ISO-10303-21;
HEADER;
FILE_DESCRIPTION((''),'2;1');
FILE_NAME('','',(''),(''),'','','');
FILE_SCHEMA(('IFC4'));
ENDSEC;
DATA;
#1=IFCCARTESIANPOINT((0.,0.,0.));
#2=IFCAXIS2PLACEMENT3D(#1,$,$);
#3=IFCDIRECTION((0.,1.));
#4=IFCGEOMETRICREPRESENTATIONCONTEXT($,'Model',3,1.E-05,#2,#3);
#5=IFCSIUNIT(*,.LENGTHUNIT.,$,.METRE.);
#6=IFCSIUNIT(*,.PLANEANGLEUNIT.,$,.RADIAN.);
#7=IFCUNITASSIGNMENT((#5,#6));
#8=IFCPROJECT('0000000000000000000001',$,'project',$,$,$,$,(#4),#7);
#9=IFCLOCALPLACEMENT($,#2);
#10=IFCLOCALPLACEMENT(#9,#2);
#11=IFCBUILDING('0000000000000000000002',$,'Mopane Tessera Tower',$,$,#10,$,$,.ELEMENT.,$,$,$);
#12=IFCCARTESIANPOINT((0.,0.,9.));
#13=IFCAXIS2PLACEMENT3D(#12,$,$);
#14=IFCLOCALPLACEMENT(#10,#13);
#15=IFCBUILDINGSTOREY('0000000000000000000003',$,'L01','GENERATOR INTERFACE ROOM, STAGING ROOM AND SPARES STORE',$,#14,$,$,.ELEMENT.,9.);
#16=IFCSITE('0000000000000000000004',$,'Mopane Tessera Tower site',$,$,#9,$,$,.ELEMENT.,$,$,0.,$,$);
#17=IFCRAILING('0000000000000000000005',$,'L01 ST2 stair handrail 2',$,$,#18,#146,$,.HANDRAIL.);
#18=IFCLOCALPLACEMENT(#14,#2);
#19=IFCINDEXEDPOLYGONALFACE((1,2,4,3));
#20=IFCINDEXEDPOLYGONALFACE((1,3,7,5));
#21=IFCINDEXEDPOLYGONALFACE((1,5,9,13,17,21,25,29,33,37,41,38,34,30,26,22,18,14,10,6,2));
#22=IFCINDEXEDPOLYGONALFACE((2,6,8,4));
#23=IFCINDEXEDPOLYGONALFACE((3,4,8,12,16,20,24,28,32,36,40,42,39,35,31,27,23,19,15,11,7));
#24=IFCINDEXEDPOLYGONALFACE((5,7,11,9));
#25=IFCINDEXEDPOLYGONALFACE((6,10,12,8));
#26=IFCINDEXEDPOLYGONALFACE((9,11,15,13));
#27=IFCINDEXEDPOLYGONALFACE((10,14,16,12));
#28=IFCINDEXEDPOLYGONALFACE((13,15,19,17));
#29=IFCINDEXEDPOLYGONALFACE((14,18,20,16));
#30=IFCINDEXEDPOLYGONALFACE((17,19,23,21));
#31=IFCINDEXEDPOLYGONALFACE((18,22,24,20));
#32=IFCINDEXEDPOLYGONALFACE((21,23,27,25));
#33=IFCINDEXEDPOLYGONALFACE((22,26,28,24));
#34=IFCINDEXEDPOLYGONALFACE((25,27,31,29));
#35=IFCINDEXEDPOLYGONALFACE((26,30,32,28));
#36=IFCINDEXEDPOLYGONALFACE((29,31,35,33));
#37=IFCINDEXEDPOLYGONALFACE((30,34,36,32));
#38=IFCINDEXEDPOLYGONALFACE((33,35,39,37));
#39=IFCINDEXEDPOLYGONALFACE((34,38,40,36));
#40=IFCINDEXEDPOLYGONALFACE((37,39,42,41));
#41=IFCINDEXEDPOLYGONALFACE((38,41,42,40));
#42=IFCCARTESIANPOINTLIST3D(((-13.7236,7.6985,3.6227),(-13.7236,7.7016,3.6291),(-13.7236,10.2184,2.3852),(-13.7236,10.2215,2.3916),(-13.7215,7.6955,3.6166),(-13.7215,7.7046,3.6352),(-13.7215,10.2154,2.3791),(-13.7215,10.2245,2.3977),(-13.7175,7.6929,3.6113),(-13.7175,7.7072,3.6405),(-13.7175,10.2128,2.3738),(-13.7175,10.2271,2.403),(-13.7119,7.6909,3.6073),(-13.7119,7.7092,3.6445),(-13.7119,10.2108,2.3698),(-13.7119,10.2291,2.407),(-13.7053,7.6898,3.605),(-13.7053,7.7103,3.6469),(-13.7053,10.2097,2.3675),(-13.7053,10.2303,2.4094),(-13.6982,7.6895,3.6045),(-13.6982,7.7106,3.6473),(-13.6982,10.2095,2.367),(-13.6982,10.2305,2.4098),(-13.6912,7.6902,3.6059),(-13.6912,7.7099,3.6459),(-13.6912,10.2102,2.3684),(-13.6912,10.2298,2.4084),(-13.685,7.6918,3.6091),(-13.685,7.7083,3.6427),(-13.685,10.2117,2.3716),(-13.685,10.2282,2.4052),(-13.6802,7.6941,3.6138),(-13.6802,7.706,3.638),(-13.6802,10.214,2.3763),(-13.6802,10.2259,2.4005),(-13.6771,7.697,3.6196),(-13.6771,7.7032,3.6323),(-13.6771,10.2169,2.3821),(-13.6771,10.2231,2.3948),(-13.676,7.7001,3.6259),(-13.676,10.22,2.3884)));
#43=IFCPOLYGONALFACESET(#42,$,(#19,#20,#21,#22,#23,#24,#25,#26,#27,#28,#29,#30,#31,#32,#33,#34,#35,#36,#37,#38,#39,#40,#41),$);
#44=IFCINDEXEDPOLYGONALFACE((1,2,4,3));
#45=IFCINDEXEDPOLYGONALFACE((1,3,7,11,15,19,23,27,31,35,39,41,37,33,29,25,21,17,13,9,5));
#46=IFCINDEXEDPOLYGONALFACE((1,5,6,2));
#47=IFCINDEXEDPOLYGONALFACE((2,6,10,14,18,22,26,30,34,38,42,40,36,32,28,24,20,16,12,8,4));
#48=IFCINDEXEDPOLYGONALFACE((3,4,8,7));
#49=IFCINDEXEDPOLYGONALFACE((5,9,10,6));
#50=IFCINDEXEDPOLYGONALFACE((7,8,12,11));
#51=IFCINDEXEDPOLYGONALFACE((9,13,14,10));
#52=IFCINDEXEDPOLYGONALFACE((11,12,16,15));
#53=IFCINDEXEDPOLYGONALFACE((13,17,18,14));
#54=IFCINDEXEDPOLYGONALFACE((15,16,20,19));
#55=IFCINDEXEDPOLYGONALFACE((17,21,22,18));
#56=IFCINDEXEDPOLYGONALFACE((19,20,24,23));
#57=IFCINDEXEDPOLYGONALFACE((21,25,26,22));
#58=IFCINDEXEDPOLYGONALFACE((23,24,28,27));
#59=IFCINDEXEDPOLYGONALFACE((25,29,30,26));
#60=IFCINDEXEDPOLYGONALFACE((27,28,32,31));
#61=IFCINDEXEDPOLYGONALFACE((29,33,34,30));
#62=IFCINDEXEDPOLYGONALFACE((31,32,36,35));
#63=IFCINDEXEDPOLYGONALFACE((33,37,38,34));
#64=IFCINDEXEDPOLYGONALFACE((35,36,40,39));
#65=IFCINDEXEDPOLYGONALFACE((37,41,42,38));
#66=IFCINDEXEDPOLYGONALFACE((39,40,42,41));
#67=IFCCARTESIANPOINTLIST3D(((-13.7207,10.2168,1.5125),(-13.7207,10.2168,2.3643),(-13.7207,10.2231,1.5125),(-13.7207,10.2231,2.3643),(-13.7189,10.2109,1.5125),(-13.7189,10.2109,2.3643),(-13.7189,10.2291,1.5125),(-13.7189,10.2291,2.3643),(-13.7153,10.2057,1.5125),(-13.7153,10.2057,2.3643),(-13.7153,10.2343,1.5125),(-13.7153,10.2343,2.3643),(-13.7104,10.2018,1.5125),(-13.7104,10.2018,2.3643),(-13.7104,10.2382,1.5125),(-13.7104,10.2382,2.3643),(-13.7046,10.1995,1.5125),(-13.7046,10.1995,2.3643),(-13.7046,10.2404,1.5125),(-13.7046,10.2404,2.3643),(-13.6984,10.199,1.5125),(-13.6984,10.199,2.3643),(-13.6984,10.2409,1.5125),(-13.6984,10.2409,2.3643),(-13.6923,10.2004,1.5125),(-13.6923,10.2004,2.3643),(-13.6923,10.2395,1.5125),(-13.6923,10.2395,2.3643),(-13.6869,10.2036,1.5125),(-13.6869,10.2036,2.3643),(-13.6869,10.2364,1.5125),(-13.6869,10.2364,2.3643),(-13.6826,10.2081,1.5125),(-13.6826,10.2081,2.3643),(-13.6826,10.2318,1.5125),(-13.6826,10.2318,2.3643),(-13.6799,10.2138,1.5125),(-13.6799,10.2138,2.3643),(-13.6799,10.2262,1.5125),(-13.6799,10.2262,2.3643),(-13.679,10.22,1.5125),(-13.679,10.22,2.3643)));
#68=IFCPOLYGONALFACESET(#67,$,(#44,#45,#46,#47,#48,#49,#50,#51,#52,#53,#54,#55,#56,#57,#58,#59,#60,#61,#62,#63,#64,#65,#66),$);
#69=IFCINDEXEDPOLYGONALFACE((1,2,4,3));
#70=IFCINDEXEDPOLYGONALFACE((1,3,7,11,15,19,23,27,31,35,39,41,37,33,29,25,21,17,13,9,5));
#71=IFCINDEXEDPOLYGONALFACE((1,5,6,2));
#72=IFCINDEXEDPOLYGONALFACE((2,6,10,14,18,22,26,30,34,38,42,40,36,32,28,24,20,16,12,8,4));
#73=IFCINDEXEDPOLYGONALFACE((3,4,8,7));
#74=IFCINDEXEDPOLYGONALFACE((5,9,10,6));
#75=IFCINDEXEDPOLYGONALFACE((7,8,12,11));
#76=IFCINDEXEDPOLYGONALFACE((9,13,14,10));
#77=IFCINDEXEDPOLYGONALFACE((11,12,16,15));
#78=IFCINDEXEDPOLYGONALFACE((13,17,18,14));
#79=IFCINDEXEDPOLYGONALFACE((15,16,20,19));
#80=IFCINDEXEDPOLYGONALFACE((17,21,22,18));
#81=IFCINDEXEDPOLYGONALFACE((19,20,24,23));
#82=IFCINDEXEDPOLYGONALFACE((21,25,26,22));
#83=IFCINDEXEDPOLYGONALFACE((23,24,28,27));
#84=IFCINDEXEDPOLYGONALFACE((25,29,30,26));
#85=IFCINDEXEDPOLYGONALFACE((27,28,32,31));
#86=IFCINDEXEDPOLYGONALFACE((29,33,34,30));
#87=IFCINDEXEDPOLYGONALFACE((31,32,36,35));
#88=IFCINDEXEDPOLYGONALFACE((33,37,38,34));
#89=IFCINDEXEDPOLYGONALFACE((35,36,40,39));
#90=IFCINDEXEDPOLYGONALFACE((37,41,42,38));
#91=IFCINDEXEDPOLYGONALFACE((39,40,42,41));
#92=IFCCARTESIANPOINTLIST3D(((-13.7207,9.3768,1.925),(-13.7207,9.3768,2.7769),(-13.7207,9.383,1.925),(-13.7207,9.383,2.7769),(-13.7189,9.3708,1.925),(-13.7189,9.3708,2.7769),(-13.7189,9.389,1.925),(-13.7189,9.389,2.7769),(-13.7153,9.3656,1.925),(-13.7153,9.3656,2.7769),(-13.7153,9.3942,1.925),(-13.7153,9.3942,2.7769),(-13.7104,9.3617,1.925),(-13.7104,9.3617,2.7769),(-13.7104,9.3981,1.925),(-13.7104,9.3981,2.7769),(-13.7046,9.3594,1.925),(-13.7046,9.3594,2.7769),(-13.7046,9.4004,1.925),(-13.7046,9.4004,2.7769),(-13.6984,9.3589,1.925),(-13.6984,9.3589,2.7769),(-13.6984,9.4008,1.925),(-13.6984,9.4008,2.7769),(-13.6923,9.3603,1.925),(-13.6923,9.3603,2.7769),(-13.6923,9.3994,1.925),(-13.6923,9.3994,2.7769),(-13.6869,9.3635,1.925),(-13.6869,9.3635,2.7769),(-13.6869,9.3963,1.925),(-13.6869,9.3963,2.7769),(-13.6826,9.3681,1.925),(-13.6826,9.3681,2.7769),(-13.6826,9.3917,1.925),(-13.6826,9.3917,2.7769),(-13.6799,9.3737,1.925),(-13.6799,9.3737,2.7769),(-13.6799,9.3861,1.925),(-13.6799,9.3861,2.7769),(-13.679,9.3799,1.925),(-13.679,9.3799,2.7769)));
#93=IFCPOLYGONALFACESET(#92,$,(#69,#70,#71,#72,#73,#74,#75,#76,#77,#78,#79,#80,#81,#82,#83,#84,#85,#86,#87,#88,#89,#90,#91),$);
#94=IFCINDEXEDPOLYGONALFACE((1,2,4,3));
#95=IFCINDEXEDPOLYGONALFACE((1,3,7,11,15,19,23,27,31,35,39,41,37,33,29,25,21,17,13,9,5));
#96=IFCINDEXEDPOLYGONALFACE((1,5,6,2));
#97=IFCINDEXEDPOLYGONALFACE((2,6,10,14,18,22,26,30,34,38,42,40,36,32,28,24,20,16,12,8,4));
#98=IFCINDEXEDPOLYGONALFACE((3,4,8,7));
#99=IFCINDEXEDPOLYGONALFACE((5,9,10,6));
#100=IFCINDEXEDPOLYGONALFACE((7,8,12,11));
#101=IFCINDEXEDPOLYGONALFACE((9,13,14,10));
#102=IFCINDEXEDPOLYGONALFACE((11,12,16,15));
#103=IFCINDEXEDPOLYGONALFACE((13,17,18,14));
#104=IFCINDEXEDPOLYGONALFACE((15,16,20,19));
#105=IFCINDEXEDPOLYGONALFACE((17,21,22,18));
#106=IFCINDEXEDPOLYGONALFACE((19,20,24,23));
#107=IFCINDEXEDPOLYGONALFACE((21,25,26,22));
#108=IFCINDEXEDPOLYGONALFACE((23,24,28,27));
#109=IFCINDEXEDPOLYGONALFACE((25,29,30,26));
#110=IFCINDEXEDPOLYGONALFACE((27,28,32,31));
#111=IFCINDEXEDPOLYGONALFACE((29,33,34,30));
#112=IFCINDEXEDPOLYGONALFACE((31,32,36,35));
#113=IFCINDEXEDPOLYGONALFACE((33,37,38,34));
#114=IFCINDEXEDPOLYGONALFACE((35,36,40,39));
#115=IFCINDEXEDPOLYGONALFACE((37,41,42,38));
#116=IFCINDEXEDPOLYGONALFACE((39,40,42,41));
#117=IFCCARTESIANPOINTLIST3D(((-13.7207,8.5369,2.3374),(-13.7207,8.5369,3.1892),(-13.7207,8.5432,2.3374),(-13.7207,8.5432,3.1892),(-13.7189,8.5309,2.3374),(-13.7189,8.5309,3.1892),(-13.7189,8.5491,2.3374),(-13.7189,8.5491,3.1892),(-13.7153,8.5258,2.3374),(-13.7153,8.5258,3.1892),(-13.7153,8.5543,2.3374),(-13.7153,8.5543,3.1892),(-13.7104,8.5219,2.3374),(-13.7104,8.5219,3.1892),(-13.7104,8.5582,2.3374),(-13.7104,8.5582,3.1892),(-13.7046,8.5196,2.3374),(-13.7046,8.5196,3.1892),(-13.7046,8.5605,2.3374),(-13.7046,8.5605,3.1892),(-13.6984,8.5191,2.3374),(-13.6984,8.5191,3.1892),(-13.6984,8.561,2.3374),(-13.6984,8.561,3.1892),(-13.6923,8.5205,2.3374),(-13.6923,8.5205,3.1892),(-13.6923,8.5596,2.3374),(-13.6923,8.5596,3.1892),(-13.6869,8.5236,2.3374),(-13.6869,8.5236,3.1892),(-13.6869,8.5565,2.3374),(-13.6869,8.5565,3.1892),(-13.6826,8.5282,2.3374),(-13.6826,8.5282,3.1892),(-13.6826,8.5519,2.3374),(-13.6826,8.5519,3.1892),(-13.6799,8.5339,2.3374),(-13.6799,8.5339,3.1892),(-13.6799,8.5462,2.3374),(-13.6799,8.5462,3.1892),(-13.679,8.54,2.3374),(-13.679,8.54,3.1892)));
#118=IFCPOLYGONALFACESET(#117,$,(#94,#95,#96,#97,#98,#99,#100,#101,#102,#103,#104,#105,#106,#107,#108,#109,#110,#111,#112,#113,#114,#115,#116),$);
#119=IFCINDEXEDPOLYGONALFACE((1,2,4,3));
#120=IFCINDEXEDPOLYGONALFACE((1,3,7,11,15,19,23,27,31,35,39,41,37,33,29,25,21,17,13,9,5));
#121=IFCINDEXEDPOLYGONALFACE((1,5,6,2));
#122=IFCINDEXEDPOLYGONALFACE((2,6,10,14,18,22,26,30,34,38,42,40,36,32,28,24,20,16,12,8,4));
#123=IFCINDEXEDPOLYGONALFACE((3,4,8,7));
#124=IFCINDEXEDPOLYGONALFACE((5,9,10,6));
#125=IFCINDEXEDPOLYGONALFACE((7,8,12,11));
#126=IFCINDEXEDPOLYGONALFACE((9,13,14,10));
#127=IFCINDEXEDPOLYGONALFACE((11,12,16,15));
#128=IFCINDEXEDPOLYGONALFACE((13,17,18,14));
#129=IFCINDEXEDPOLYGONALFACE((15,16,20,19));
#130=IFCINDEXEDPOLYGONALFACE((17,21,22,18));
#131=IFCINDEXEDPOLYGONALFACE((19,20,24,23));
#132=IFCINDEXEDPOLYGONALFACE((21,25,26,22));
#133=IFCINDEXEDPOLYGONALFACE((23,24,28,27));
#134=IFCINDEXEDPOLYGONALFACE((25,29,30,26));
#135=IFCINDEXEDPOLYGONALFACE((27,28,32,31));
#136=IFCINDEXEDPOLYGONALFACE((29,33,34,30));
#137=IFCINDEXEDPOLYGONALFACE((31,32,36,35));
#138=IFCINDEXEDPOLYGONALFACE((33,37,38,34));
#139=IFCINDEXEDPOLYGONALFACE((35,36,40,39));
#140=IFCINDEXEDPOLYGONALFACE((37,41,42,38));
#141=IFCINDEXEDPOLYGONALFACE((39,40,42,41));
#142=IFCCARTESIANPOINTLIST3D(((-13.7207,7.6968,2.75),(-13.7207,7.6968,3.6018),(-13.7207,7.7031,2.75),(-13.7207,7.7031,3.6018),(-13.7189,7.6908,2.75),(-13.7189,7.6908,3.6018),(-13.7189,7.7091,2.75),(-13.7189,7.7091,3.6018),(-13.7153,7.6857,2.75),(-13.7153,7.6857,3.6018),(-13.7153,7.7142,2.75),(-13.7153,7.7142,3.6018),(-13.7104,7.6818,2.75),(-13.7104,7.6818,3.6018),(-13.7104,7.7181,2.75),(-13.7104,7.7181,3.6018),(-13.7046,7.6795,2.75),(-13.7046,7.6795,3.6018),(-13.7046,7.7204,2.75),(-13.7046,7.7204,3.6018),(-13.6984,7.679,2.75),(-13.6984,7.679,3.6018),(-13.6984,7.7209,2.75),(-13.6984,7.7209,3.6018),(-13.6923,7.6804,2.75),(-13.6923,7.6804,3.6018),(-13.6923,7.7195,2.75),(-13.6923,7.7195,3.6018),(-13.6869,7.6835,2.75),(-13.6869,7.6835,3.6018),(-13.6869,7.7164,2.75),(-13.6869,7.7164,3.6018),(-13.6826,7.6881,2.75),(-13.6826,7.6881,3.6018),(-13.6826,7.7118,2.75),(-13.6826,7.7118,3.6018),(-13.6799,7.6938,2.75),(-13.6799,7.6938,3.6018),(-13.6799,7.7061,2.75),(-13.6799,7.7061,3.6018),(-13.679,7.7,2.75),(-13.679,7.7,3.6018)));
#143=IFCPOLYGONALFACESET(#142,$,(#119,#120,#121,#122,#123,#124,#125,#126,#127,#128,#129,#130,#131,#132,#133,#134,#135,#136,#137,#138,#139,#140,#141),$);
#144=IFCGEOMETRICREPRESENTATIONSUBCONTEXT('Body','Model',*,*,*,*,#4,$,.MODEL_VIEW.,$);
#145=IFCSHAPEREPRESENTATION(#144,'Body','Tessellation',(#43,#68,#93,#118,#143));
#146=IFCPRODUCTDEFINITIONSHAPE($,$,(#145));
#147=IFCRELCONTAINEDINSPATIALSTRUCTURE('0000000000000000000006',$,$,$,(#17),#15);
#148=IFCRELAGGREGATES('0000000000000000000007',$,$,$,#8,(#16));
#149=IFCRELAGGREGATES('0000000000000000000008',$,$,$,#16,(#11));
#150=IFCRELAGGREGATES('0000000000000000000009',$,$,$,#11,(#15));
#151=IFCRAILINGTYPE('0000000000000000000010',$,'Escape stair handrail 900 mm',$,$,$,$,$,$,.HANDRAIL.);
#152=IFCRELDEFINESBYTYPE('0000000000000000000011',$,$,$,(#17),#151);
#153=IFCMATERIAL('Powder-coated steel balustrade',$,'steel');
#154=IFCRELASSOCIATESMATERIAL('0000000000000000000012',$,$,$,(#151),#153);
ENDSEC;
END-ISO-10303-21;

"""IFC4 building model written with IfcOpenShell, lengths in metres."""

from ifc_helpers import new_model, si_unit, direction, frame, origin, origin_2d, place, context, subcontext, project, spatial, circle, extrude, material, type_object, element, save


model = new_model("IFC4")

# Units and contexts
model_context = context("Model", 3, precision=1e-05, world=origin(), true_north=direction((0.0, 1.0)))
body_context = subcontext(model_context, "Body", "Model", "MODEL_VIEW")
ifc_project = project(units=[si_unit("LENGTHUNIT", "METRE"), si_unit("PLANEANGLEUNIT", "RADIAN")], contexts=[model_context])

# Site, building, storey
site_placement = place(None, origin())
site = spatial("IfcSite", under=ifc_project, at=site_placement, Name="Mopane Tessera Tower site", CompositionType="ELEMENT", RefElevation=0.0)
building_placement = place(site_placement, origin())
building = spatial("IfcBuilding", under=site, at=building_placement, Name="Mopane Tessera Tower", CompositionType="ELEMENT")
storey_placement = place(building_placement, frame((0.0, 0.0, 9.0)))
storey = spatial("IfcBuildingStorey", under=building, at=storey_placement, Name="L01", Description="GENERATOR INTERFACE ROOM, STAGING ROOM AND SPARES STORE", CompositionType="ELEMENT", Elevation=9.0)

# Railing
ifc_material_1 = material(Name="Powder-coated steel balustrade", Category="steel")
railing_type_1 = type_object("IfcRailingType", Name="Escape stair handrail 900 mm", PredefinedType="HANDRAIL", material=ifc_material_1)
for number, where, name in (
    (1, (-13.7, 10.22, 1.5125), "L01 ST2 stair handrail 2"),
):
    element("IfcRailing", number, at=place(storey_placement, frame(where)), inside=storey, type_object=railing_type_1, Name=name, PredefinedType="HANDRAIL", context=body_context, shape_type="SweptSolid", body=[
        extrude(circle(Radius=0.0239, at=origin_2d()), frame((0.0, 0.0, 0.876), z_axis=(0.0, -0.897604, 0.440802), x_axis=(1.0, 0.0, 0.0)), (0.0, 0.0, 1.0), 2.8074),
        extrude(circle(Radius=0.021, at=origin_2d()), origin(), (0.0, 0.0, 1.0), 0.8518),
        extrude(circle(Radius=0.021, at=origin_2d()), frame((0.0, -0.8401, 0.4126)), (0.0, 0.0, 1.0), 0.8518),
        extrude(circle(Radius=0.021, at=origin_2d()), frame((0.0, -1.6799, 0.825)), (0.0, 0.0, 1.0), 0.8518),
        extrude(circle(Radius=0.021, at=origin_2d()), frame((0.0, -2.52, 1.2375)), (0.0, 0.0, 1.0), 0.8518),
    ])

save(model, "model.ifc")
